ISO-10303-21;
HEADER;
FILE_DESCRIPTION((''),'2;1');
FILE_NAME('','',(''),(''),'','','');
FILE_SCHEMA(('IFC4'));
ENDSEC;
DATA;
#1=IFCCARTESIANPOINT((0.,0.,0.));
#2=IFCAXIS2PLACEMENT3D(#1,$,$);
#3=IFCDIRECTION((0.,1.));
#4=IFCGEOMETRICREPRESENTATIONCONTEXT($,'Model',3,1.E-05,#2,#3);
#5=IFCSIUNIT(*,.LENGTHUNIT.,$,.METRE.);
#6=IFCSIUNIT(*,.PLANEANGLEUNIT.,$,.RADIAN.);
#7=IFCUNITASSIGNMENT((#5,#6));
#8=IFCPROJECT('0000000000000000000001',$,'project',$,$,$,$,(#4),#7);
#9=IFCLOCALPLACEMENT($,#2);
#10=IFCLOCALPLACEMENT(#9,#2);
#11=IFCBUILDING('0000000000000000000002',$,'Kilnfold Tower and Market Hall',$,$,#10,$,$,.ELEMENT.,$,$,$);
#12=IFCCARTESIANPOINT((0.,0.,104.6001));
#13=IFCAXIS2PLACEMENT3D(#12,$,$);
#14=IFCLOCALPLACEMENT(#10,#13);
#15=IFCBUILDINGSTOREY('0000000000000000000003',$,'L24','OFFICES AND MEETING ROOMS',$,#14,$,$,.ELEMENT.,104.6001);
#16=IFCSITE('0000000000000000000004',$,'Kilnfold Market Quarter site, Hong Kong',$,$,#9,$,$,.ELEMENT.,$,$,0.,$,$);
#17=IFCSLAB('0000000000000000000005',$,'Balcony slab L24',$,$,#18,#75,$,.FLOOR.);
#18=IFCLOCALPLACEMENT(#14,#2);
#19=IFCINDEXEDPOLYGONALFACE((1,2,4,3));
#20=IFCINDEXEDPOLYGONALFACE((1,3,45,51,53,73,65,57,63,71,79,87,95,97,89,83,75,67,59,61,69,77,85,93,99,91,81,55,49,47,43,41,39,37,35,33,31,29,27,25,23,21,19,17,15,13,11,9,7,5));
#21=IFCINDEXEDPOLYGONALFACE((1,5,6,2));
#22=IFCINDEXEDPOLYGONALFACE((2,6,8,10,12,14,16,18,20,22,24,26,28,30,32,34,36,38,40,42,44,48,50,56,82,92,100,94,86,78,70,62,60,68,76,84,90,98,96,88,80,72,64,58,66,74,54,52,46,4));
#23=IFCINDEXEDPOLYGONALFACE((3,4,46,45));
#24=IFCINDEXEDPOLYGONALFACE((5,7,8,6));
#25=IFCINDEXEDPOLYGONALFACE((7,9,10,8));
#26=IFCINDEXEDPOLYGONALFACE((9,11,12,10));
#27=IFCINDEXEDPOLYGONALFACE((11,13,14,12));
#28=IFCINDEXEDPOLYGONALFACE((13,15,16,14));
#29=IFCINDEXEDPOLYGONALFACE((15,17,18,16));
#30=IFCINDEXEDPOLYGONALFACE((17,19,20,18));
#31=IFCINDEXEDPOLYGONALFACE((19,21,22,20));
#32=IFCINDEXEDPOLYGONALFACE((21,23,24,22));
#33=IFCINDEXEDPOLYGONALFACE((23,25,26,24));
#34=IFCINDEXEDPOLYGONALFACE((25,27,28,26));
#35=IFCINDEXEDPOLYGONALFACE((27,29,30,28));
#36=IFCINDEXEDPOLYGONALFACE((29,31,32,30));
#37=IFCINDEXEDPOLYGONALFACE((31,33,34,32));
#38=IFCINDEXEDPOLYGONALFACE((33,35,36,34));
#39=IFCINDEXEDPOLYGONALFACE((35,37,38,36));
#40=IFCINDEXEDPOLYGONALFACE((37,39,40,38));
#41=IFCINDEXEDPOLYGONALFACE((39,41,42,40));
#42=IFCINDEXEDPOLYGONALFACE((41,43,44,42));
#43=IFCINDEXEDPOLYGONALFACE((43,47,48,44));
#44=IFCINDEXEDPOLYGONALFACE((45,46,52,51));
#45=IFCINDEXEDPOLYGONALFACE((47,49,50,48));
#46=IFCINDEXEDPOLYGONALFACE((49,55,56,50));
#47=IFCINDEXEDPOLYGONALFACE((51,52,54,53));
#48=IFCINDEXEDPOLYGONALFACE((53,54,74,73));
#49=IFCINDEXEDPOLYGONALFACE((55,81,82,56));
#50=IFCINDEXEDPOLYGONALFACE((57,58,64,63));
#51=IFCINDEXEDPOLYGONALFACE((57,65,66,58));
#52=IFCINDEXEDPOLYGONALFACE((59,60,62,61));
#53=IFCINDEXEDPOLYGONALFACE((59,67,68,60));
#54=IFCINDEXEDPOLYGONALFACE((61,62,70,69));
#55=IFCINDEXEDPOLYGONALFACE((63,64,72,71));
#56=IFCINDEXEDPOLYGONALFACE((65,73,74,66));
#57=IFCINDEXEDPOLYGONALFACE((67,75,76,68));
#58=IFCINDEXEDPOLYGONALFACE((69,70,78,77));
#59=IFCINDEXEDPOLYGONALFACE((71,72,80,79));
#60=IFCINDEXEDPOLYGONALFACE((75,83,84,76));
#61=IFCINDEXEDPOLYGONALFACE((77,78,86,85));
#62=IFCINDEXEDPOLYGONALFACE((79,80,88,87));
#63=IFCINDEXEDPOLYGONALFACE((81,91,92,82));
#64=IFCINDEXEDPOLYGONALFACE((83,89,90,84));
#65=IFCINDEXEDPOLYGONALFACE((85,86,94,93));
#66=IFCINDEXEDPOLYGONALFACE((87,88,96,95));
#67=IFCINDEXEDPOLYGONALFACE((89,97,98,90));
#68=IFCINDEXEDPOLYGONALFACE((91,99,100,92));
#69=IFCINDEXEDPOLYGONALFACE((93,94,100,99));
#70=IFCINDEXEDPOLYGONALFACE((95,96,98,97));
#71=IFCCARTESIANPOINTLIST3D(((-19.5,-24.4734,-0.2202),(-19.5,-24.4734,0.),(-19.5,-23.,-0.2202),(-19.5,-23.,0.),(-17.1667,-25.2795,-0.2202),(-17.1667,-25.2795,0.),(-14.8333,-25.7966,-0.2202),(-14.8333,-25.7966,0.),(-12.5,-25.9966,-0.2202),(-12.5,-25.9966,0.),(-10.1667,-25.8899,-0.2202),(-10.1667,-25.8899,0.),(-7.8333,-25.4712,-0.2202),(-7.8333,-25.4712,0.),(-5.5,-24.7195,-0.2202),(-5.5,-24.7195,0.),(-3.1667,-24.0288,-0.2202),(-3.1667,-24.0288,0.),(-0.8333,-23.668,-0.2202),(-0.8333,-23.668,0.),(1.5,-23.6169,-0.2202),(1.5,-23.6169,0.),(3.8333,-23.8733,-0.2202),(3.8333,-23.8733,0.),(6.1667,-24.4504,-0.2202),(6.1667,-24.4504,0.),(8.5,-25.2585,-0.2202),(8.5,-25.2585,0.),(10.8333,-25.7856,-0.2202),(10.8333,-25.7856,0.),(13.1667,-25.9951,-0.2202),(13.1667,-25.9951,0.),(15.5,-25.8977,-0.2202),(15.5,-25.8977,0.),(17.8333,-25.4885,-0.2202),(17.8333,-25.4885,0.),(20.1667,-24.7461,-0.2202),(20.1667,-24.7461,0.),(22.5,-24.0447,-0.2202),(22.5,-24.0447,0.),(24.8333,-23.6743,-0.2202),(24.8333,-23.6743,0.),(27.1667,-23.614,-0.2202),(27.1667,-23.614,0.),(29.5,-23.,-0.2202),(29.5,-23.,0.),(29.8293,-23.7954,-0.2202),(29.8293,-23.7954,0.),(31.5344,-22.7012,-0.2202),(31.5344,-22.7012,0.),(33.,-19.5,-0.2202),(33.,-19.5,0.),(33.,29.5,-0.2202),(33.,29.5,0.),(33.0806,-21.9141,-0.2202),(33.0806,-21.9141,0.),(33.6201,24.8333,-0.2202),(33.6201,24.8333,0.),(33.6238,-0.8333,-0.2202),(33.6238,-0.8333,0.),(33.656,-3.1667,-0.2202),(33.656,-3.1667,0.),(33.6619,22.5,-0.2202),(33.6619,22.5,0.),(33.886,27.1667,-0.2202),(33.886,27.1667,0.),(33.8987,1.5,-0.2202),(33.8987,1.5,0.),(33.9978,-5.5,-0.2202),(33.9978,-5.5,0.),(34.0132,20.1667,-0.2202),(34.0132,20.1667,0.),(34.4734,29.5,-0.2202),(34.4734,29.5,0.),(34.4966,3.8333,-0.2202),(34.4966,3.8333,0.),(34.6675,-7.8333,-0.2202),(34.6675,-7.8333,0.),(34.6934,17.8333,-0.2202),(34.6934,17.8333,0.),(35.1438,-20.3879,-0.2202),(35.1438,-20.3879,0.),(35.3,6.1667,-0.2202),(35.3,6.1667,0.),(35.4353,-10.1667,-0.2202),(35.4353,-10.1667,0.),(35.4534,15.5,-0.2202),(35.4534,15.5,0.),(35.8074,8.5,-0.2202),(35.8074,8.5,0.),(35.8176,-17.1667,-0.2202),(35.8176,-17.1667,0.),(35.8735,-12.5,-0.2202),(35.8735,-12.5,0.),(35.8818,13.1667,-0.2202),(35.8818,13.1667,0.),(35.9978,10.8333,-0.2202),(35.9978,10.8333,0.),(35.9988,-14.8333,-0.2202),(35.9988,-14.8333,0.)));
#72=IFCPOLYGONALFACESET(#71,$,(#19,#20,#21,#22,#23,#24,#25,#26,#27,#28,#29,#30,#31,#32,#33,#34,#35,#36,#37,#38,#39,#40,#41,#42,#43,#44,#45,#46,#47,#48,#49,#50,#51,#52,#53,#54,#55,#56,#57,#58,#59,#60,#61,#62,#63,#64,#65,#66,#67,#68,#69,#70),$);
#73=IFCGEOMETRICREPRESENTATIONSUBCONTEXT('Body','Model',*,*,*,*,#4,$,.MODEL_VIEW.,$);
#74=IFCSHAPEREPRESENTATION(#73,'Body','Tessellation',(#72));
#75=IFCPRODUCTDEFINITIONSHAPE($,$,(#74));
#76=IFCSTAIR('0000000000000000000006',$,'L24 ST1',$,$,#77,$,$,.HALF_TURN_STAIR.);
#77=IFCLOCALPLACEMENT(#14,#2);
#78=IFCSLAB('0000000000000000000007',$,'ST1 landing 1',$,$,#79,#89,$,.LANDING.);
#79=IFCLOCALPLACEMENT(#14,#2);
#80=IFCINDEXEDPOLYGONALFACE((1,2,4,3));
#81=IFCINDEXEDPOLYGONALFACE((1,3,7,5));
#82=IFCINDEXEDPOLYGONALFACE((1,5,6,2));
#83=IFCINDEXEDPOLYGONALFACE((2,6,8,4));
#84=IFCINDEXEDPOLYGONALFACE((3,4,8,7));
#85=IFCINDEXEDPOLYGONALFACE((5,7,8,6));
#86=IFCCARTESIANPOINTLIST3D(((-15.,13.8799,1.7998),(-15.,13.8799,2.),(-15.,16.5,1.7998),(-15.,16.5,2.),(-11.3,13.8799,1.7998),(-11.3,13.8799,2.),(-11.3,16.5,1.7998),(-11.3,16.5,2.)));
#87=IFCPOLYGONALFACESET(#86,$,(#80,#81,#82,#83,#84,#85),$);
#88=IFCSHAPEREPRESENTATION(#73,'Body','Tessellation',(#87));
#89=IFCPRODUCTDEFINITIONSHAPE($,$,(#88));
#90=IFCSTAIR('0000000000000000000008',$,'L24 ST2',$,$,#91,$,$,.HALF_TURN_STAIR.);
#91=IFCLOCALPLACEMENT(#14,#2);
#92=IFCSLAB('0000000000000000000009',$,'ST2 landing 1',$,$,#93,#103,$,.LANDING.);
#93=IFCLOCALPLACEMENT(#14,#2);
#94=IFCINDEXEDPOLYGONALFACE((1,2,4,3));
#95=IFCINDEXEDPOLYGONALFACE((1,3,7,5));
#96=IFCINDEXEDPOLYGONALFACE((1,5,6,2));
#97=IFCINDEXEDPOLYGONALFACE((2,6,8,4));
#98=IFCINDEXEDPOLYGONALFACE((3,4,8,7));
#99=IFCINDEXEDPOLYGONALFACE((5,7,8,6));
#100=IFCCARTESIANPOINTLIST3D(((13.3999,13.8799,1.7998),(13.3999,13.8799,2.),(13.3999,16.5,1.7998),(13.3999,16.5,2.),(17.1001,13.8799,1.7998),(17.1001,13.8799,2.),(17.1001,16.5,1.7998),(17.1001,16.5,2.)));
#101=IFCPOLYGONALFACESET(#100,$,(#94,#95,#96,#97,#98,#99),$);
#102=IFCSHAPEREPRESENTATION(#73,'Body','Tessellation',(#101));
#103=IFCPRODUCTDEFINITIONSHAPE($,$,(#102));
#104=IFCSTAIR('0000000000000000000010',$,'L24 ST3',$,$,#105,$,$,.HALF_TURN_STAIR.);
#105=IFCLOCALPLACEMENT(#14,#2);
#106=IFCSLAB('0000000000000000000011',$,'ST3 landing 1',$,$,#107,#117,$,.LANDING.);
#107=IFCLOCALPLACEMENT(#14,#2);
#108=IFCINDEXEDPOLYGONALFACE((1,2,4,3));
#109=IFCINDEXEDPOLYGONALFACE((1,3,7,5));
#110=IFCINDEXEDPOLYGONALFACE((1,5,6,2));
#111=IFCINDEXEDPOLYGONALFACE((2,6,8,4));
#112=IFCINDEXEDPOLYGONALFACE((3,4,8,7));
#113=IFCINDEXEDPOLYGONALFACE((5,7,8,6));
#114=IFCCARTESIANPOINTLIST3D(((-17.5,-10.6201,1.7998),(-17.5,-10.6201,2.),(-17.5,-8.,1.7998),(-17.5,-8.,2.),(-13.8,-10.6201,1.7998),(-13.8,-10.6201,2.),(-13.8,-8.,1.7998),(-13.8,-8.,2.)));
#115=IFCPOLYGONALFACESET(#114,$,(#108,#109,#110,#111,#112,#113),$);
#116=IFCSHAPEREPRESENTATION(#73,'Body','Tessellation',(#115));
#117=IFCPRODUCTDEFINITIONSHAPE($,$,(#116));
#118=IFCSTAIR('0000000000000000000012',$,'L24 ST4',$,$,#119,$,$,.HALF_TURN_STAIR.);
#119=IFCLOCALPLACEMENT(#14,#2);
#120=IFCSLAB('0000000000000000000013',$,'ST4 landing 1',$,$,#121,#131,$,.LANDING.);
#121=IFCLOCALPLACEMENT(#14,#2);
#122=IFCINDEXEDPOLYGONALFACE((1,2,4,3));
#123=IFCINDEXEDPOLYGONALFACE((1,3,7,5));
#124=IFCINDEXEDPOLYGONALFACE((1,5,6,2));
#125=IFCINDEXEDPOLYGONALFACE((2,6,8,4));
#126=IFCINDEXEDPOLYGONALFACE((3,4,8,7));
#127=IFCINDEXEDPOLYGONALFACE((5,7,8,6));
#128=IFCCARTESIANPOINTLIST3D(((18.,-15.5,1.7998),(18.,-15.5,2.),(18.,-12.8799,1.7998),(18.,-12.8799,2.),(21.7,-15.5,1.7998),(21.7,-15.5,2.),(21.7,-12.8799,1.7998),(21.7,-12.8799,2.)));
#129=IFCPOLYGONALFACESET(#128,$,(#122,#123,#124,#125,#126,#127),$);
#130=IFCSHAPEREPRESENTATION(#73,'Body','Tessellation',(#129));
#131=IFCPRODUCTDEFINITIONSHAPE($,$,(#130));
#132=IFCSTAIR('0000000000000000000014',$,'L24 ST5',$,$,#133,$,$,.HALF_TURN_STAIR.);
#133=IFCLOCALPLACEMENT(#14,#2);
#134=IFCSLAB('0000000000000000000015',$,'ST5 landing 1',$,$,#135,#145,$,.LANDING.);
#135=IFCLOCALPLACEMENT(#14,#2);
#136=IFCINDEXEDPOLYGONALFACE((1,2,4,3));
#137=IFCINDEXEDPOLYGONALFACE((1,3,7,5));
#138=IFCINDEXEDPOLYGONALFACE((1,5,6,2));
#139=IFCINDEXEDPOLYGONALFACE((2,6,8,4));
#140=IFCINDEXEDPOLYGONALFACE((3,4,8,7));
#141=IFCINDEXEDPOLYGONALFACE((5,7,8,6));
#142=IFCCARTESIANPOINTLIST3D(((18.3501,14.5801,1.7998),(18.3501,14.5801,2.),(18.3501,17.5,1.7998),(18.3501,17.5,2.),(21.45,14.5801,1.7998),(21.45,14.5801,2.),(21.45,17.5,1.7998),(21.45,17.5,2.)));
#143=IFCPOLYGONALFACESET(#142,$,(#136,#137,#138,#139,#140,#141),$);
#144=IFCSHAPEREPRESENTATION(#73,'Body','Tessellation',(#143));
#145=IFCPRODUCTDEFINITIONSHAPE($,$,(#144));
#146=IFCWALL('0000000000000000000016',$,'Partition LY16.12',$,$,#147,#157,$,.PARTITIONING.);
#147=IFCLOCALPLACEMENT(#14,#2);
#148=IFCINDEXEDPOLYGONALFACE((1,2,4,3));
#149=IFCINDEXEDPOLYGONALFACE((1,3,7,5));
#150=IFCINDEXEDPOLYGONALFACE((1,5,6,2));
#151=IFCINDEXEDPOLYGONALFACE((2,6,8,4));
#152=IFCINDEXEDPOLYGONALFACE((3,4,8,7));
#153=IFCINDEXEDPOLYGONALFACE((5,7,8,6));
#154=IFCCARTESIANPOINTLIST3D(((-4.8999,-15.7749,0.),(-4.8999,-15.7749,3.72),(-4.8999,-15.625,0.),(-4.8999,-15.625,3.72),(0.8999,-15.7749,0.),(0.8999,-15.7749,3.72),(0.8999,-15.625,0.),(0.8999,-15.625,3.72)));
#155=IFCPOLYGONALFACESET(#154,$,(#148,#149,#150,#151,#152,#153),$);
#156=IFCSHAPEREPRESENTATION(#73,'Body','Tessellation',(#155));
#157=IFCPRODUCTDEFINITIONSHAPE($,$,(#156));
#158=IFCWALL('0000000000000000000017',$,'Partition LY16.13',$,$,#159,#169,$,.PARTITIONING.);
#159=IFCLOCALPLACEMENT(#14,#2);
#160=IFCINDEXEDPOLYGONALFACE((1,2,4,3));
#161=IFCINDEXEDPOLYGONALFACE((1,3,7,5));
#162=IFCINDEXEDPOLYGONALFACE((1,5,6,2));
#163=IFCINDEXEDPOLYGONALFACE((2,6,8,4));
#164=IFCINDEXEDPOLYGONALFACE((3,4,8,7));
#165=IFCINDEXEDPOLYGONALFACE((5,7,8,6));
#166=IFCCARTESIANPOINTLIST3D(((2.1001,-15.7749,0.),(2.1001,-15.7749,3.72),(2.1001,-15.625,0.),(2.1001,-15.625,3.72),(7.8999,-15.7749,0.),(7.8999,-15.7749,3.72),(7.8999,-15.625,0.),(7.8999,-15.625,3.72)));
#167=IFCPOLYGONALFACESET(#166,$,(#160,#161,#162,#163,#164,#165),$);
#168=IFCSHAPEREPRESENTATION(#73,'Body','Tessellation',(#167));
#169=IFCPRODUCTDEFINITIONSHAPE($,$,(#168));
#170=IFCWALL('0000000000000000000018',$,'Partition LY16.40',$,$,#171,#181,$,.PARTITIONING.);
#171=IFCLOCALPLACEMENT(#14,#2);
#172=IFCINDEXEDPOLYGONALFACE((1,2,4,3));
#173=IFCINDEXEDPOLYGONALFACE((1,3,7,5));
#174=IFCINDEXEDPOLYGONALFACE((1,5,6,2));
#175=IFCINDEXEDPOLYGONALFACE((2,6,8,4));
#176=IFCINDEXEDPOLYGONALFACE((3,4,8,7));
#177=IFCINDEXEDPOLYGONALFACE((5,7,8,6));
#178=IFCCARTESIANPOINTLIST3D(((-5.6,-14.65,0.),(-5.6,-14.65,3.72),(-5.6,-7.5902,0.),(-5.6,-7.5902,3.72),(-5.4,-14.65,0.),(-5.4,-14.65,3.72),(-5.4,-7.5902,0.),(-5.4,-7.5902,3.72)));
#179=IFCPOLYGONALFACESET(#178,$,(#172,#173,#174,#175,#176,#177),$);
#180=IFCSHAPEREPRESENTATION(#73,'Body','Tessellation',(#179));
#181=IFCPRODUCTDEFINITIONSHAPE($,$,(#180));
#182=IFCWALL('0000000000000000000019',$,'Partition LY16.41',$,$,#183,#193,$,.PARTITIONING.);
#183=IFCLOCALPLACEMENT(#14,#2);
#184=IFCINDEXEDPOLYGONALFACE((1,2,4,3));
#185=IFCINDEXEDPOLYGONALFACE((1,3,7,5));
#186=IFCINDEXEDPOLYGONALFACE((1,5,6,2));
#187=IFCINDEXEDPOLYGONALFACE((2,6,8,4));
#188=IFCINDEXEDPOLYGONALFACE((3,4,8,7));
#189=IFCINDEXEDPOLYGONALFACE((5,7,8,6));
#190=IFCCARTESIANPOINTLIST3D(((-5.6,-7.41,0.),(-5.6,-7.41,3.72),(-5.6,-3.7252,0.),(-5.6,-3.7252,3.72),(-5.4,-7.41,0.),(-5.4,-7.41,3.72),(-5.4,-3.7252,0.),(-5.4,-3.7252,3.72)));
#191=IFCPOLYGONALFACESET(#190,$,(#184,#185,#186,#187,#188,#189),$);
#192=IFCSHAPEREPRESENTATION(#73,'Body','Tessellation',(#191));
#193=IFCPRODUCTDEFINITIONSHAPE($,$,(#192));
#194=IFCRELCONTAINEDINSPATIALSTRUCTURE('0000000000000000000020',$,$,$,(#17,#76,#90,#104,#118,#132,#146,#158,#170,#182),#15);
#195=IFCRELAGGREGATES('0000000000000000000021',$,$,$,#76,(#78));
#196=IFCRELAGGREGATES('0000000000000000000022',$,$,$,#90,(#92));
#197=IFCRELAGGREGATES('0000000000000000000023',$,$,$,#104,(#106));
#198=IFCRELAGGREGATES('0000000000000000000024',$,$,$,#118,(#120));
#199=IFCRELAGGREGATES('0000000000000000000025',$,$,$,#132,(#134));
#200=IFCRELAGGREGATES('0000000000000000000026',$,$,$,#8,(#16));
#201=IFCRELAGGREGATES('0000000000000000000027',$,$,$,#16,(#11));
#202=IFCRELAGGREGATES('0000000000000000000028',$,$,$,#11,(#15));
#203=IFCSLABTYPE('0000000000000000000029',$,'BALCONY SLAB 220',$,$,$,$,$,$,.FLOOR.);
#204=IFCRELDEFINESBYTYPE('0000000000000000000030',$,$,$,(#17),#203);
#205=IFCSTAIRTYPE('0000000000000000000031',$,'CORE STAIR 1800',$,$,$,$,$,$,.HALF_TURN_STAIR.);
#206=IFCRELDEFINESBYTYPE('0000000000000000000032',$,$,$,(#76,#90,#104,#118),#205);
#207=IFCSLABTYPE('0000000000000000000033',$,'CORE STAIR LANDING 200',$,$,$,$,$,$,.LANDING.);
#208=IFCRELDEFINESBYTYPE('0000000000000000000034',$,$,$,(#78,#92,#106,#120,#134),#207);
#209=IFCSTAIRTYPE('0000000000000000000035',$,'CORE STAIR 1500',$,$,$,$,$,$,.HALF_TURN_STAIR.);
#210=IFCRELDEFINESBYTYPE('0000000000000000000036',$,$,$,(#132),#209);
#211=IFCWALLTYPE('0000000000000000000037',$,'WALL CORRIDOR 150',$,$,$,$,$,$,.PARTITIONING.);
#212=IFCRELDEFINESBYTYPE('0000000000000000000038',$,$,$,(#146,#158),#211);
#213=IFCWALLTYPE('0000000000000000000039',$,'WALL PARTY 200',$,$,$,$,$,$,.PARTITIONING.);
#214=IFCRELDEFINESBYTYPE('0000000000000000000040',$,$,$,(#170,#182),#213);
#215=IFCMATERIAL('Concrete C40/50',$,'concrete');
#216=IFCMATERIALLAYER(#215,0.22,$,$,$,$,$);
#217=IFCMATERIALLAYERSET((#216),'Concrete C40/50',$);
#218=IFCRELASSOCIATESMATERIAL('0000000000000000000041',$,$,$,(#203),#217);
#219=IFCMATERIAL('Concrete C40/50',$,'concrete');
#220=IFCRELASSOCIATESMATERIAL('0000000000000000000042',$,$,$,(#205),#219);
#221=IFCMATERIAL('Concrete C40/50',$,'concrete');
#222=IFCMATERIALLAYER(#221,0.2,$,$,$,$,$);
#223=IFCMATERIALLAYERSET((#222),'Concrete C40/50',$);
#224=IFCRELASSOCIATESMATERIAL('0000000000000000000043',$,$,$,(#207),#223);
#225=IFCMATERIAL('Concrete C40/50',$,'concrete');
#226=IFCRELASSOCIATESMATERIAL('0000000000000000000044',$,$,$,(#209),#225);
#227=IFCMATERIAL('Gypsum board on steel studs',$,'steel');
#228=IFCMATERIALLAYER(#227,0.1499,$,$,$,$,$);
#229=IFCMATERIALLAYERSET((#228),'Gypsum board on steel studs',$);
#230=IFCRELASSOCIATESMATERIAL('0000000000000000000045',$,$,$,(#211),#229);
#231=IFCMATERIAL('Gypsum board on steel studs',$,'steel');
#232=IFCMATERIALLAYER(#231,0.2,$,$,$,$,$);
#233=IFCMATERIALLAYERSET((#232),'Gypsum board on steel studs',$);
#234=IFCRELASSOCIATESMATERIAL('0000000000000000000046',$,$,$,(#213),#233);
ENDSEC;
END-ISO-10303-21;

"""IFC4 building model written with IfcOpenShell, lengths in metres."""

from ifc_helpers import new_model, si_unit, direction, frame, frame_2d, origin, place, context, subcontext, project, spatial, polyline, rectangle, outline, extrude, source, transform, mapped, material, layer, layer_set, type_object, element, aggregate, save


model = new_model("IFC4")

# Units and contexts
model_context = context("Model", 3, precision=1e-05, world=origin(), true_north=direction((0.0, 1.0)))
body_context = subcontext(model_context, "Body", "Model", "MODEL_VIEW")
ifc_project = project(units=[si_unit("LENGTHUNIT", "METRE"), si_unit("PLANEANGLEUNIT", "RADIAN")], contexts=[model_context])

# Site, building, storey
site_placement = place(None, origin())
site = spatial("IfcSite", under=ifc_project, at=site_placement, Name="Kilnfold Market Quarter site, Hong Kong", CompositionType="ELEMENT", RefElevation=0.0)
building_placement = place(site_placement, origin())
building = spatial("IfcBuilding", under=site, at=building_placement, Name="Kilnfold Tower and Market Hall", CompositionType="ELEMENT")
storey_placement = place(building_placement, frame((0.0, 0.0, 104.6001)))
storey = spatial("IfcBuildingStorey", under=building, at=storey_placement, Name="L24", Description="OFFICES AND MEETING ROOMS", CompositionType="ELEMENT", Elevation=104.6001)

# Slab
ifc_material_1 = material(Name="Concrete C40/50", Category="concrete")
ifc_layer_1 = layer(ifc_material_1, 0.22)
ifc_layer_set_1 = layer_set([ifc_layer_1], Name="Concrete C40/50")
slab_type_1 = type_object("IfcSlabType", Name="BALCONY SLAB 220", PredefinedType="FLOOR", material=ifc_layer_set_1)
shared_shape_1 = source(origin(), body_context, "Body", "SweptSolid", [
    extrude(outline(polyline([(-19.5, -23.0), (29.5, -23.0), (33.0, -19.5), (33.0, 29.5), (34.4734, 29.5), (33.886, 27.1667), (33.6201, 24.8333), (33.6619, 22.5), (34.0132, 20.1667), (34.6934, 17.8333), (35.4534, 15.5), (35.8818, 13.1667), (35.9978, 10.8333), (35.8074, 8.5), (35.3, 6.1667), (34.4966, 3.8333), (33.8987, 1.5), (33.6238, -0.8333), (33.656, -3.1667), (33.9978, -5.5), (34.6675, -7.8333), (35.4353, -10.1667), (35.8735, -12.5), (35.9988, -14.8333), (35.8176, -17.1667), (35.1438, -20.3879), (33.0806, -21.9141), (31.5344, -22.7012), (29.8293, -23.7954), (27.1667, -23.614), (24.8333, -23.6743), (22.5, -24.0447), (20.1667, -24.7461), (17.8333, -25.4885), (15.5, -25.8977), (13.1667, -25.9951), (10.8333, -25.7856), (8.5, -25.2585), (6.1667, -24.4504), (3.8333, -23.8733), (1.5, -23.6169), (-0.8333, -23.668), (-3.1667, -24.0288), (-5.5, -24.7195), (-7.8333, -25.4712), (-10.1667, -25.8899), (-12.5, -25.9966), (-14.8333, -25.7966), (-17.1667, -25.2795), (-19.5, -24.4734), (-19.5, -23.0)])), origin(), (0.0, 0.0, 1.0), 0.2202),
])
slab_1_placement = place(storey_placement, frame((0.0, 0.0, -0.2202)))
element("IfcSlab", 1, at=slab_1_placement, inside=storey, type_object=slab_type_1, Name="Balcony slab L24", PredefinedType="FLOOR", context=body_context, shape_type="MappedRepresentation", body=[
    mapped(shared_shape_1, transform((0.0, 0.0, 0.0))),
])

# Stairs, slabs
ifc_material_2 = material(Name="Concrete C40/50", Category="concrete")
stair_type_1 = type_object("IfcStairType", Name="CORE STAIR 1800", PredefinedType="HALF_TURN_STAIR", material=ifc_material_2)
stair_1_placement = place(storey_placement, origin())
stair_1 = element("IfcStair", 2, at=stair_1_placement, inside=storey, type_object=stair_type_1, Name="L24 ST1", PredefinedType="HALF_TURN_STAIR")
ifc_material_3 = material(Name="Concrete C40/50", Category="concrete")
ifc_layer_2 = layer(ifc_material_3, 0.2)
ifc_layer_set_2 = layer_set([ifc_layer_2], Name="Concrete C40/50")
slab_type_2 = type_object("IfcSlabType", Name="CORE STAIR LANDING 200", PredefinedType="LANDING", material=ifc_layer_set_2)
shared_shape_2 = source(origin(), body_context, "Body", "SweptSolid", [
    extrude(outline(polyline([(-11.3, 13.8799), (-11.3, 16.5), (-15.0, 16.5), (-15.0, 13.8799), (-11.3, 13.8799)])), origin(), (0.0, 0.0, 1.0), 0.2002),
])
slab_2_placement = place(storey_placement, frame((0.0, 0.0, 1.7998)))
slab_2 = element("IfcSlab", 3, at=slab_2_placement, type_object=slab_type_2, Name="ST1 landing 1", PredefinedType="LANDING", context=body_context, shape_type="MappedRepresentation", body=[
    mapped(shared_shape_2, transform((0.0, 0.0, 0.0))),
])
aggregate(stair_1, [slab_2])
stair_2_placement = place(storey_placement, origin())
stair_2 = element("IfcStair", 4, at=stair_2_placement, inside=storey, type_object=stair_type_1, Name="L24 ST2", PredefinedType="HALF_TURN_STAIR")
shared_shape_3 = source(origin(), body_context, "Body", "SweptSolid", [
    extrude(outline(polyline([(17.1001, 13.8799), (17.1001, 16.5), (13.3999, 16.5), (13.3999, 13.8799), (17.1001, 13.8799)])), origin(), (0.0, 0.0, 1.0), 0.2002),
])
slab_3_placement = place(storey_placement, frame((0.0, 0.0, 1.7998)))
slab_3 = element("IfcSlab", 5, at=slab_3_placement, type_object=slab_type_2, Name="ST2 landing 1", PredefinedType="LANDING", context=body_context, shape_type="MappedRepresentation", body=[
    mapped(shared_shape_3, transform((0.0, 0.0, 0.0))),
])
aggregate(stair_2, [slab_3])
stair_3_placement = place(storey_placement, origin())
stair_3 = element("IfcStair", 6, at=stair_3_placement, inside=storey, type_object=stair_type_1, Name="L24 ST3", PredefinedType="HALF_TURN_STAIR")
shared_shape_4 = source(origin(), body_context, "Body", "SweptSolid", [
    extrude(outline(polyline([(-13.8, -10.6201), (-13.8, -8.0), (-17.5, -8.0), (-17.5, -10.6201), (-13.8, -10.6201)])), origin(), (0.0, 0.0, 1.0), 0.2002),
])
slab_4_placement = place(storey_placement, frame((0.0, 0.0, 1.7998)))
slab_4 = element("IfcSlab", 7, at=slab_4_placement, type_object=slab_type_2, Name="ST3 landing 1", PredefinedType="LANDING", context=body_context, shape_type="MappedRepresentation", body=[
    mapped(shared_shape_4, transform((0.0, 0.0, 0.0))),
])
aggregate(stair_3, [slab_4])
stair_4_placement = place(storey_placement, origin())
stair_4 = element("IfcStair", 8, at=stair_4_placement, inside=storey, type_object=stair_type_1, Name="L24 ST4", PredefinedType="HALF_TURN_STAIR")
shared_shape_5 = source(origin(), body_context, "Body", "SweptSolid", [
    extrude(outline(polyline([(18.0, -12.8799), (18.0, -15.5), (21.7, -15.5), (21.7, -12.8799), (18.0, -12.8799)])), origin(), (0.0, 0.0, 1.0), 0.2002),
])
slab_5_placement = place(storey_placement, frame((0.0, 0.0, 1.7998)))
slab_5 = element("IfcSlab", 9, at=slab_5_placement, type_object=slab_type_2, Name="ST4 landing 1", PredefinedType="LANDING", context=body_context, shape_type="MappedRepresentation", body=[
    mapped(shared_shape_5, transform((0.0, 0.0, 0.0))),
])
aggregate(stair_4, [slab_5])
ifc_material_4 = material(Name="Concrete C40/50", Category="concrete")
stair_type_2 = type_object("IfcStairType", Name="CORE STAIR 1500", PredefinedType="HALF_TURN_STAIR", material=ifc_material_4)
stair_5_placement = place(storey_placement, origin())
stair_5 = element("IfcStair", 10, at=stair_5_placement, inside=storey, type_object=stair_type_2, Name="L24 ST5", PredefinedType="HALF_TURN_STAIR")
shared_shape_6 = source(origin(), body_context, "Body", "SweptSolid", [
    extrude(outline(polyline([(21.45, 14.5801), (21.45, 17.5), (18.3501, 17.5), (18.3501, 14.5801), (21.45, 14.5801)])), origin(), (0.0, 0.0, 1.0), 0.2002),
])
slab_6_placement = place(storey_placement, frame((0.0, 0.0, 1.7998)))
slab_6 = element("IfcSlab", 11, at=slab_6_placement, type_object=slab_type_2, Name="ST5 landing 1", PredefinedType="LANDING", context=body_context, shape_type="MappedRepresentation", body=[
    mapped(shared_shape_6, transform((0.0, 0.0, 0.0))),
])
aggregate(stair_5, [slab_6])

# Walls
ifc_material_5 = material(Name="Gypsum board on steel studs", Category="steel")
ifc_layer_3 = layer(ifc_material_5, 0.1499)
ifc_layer_set_3 = layer_set([ifc_layer_3], Name="Gypsum board on steel studs")
wall_type_1 = type_object("IfcWallType", Name="WALL CORRIDOR 150", PredefinedType="PARTITIONING", material=ifc_layer_set_3)
for number, where, z_axis, x_axis, name in (
    (12, (-4.8999, -15.7, 0.0), (0.0, 0.0, 1.0), (1.0, 0.0, 0.0), "Partition LY16.12"),
    (13, (2.1001, -15.7, 0.0), (0.0, 0.0, 1.0), (1.0, 0.0, 0.0), "Partition LY16.13"),
):
    element("IfcWall", number, at=place(storey_placement, frame(where, z_axis=z_axis, x_axis=x_axis)), inside=storey, type_object=wall_type_1, Name=name, PredefinedType="PARTITIONING", context=body_context, shape_type="SweptSolid", body=[
        extrude(rectangle(XDim=5.7998, YDim=0.1499, at=frame_2d((2.8999, 0.0))), origin(), (0.0, 0.0, 1.0), 3.72),
    ])
ifc_material_6 = material(Name="Gypsum board on steel studs", Category="steel")
ifc_layer_4 = layer(ifc_material_6, 0.2)
ifc_layer_set_4 = layer_set([ifc_layer_4], Name="Gypsum board on steel studs")
wall_type_2 = type_object("IfcWallType", Name="WALL PARTY 200", PredefinedType="PARTITIONING", material=ifc_layer_set_4)
wall_1_placement = place(storey_placement, frame((-5.5, -14.6499, 0.0), z_axis=(0.0, 0.0, 1.0), x_axis=(0.0, 1.0, 0.0)))
element("IfcWall", 14, at=wall_1_placement, inside=storey, type_object=wall_type_2, Name="Partition LY16.40", PredefinedType="PARTITIONING", context=body_context, shape_type="SweptSolid", body=[
    extrude(rectangle(XDim=7.0598, YDim=0.2, at=frame_2d((3.5298, 0.0))), origin(), (0.0, 0.0, 1.0), 3.72),
])
wall_2_placement = place(storey_placement, frame((-5.5, -7.4099, 0.0), z_axis=(0.0, 0.0, 1.0), x_axis=(0.0, 1.0, 0.0)))
element("IfcWall", 15, at=wall_2_placement, inside=storey, type_object=wall_type_2, Name="Partition LY16.41", PredefinedType="PARTITIONING", context=body_context, shape_type="SweptSolid", body=[
    extrude(rectangle(XDim=3.6848, YDim=0.2, at=frame_2d((1.8423, 0.0))), origin(), (0.0, 0.0, 1.0), 3.72),
])

save(model, "model.ifc")
